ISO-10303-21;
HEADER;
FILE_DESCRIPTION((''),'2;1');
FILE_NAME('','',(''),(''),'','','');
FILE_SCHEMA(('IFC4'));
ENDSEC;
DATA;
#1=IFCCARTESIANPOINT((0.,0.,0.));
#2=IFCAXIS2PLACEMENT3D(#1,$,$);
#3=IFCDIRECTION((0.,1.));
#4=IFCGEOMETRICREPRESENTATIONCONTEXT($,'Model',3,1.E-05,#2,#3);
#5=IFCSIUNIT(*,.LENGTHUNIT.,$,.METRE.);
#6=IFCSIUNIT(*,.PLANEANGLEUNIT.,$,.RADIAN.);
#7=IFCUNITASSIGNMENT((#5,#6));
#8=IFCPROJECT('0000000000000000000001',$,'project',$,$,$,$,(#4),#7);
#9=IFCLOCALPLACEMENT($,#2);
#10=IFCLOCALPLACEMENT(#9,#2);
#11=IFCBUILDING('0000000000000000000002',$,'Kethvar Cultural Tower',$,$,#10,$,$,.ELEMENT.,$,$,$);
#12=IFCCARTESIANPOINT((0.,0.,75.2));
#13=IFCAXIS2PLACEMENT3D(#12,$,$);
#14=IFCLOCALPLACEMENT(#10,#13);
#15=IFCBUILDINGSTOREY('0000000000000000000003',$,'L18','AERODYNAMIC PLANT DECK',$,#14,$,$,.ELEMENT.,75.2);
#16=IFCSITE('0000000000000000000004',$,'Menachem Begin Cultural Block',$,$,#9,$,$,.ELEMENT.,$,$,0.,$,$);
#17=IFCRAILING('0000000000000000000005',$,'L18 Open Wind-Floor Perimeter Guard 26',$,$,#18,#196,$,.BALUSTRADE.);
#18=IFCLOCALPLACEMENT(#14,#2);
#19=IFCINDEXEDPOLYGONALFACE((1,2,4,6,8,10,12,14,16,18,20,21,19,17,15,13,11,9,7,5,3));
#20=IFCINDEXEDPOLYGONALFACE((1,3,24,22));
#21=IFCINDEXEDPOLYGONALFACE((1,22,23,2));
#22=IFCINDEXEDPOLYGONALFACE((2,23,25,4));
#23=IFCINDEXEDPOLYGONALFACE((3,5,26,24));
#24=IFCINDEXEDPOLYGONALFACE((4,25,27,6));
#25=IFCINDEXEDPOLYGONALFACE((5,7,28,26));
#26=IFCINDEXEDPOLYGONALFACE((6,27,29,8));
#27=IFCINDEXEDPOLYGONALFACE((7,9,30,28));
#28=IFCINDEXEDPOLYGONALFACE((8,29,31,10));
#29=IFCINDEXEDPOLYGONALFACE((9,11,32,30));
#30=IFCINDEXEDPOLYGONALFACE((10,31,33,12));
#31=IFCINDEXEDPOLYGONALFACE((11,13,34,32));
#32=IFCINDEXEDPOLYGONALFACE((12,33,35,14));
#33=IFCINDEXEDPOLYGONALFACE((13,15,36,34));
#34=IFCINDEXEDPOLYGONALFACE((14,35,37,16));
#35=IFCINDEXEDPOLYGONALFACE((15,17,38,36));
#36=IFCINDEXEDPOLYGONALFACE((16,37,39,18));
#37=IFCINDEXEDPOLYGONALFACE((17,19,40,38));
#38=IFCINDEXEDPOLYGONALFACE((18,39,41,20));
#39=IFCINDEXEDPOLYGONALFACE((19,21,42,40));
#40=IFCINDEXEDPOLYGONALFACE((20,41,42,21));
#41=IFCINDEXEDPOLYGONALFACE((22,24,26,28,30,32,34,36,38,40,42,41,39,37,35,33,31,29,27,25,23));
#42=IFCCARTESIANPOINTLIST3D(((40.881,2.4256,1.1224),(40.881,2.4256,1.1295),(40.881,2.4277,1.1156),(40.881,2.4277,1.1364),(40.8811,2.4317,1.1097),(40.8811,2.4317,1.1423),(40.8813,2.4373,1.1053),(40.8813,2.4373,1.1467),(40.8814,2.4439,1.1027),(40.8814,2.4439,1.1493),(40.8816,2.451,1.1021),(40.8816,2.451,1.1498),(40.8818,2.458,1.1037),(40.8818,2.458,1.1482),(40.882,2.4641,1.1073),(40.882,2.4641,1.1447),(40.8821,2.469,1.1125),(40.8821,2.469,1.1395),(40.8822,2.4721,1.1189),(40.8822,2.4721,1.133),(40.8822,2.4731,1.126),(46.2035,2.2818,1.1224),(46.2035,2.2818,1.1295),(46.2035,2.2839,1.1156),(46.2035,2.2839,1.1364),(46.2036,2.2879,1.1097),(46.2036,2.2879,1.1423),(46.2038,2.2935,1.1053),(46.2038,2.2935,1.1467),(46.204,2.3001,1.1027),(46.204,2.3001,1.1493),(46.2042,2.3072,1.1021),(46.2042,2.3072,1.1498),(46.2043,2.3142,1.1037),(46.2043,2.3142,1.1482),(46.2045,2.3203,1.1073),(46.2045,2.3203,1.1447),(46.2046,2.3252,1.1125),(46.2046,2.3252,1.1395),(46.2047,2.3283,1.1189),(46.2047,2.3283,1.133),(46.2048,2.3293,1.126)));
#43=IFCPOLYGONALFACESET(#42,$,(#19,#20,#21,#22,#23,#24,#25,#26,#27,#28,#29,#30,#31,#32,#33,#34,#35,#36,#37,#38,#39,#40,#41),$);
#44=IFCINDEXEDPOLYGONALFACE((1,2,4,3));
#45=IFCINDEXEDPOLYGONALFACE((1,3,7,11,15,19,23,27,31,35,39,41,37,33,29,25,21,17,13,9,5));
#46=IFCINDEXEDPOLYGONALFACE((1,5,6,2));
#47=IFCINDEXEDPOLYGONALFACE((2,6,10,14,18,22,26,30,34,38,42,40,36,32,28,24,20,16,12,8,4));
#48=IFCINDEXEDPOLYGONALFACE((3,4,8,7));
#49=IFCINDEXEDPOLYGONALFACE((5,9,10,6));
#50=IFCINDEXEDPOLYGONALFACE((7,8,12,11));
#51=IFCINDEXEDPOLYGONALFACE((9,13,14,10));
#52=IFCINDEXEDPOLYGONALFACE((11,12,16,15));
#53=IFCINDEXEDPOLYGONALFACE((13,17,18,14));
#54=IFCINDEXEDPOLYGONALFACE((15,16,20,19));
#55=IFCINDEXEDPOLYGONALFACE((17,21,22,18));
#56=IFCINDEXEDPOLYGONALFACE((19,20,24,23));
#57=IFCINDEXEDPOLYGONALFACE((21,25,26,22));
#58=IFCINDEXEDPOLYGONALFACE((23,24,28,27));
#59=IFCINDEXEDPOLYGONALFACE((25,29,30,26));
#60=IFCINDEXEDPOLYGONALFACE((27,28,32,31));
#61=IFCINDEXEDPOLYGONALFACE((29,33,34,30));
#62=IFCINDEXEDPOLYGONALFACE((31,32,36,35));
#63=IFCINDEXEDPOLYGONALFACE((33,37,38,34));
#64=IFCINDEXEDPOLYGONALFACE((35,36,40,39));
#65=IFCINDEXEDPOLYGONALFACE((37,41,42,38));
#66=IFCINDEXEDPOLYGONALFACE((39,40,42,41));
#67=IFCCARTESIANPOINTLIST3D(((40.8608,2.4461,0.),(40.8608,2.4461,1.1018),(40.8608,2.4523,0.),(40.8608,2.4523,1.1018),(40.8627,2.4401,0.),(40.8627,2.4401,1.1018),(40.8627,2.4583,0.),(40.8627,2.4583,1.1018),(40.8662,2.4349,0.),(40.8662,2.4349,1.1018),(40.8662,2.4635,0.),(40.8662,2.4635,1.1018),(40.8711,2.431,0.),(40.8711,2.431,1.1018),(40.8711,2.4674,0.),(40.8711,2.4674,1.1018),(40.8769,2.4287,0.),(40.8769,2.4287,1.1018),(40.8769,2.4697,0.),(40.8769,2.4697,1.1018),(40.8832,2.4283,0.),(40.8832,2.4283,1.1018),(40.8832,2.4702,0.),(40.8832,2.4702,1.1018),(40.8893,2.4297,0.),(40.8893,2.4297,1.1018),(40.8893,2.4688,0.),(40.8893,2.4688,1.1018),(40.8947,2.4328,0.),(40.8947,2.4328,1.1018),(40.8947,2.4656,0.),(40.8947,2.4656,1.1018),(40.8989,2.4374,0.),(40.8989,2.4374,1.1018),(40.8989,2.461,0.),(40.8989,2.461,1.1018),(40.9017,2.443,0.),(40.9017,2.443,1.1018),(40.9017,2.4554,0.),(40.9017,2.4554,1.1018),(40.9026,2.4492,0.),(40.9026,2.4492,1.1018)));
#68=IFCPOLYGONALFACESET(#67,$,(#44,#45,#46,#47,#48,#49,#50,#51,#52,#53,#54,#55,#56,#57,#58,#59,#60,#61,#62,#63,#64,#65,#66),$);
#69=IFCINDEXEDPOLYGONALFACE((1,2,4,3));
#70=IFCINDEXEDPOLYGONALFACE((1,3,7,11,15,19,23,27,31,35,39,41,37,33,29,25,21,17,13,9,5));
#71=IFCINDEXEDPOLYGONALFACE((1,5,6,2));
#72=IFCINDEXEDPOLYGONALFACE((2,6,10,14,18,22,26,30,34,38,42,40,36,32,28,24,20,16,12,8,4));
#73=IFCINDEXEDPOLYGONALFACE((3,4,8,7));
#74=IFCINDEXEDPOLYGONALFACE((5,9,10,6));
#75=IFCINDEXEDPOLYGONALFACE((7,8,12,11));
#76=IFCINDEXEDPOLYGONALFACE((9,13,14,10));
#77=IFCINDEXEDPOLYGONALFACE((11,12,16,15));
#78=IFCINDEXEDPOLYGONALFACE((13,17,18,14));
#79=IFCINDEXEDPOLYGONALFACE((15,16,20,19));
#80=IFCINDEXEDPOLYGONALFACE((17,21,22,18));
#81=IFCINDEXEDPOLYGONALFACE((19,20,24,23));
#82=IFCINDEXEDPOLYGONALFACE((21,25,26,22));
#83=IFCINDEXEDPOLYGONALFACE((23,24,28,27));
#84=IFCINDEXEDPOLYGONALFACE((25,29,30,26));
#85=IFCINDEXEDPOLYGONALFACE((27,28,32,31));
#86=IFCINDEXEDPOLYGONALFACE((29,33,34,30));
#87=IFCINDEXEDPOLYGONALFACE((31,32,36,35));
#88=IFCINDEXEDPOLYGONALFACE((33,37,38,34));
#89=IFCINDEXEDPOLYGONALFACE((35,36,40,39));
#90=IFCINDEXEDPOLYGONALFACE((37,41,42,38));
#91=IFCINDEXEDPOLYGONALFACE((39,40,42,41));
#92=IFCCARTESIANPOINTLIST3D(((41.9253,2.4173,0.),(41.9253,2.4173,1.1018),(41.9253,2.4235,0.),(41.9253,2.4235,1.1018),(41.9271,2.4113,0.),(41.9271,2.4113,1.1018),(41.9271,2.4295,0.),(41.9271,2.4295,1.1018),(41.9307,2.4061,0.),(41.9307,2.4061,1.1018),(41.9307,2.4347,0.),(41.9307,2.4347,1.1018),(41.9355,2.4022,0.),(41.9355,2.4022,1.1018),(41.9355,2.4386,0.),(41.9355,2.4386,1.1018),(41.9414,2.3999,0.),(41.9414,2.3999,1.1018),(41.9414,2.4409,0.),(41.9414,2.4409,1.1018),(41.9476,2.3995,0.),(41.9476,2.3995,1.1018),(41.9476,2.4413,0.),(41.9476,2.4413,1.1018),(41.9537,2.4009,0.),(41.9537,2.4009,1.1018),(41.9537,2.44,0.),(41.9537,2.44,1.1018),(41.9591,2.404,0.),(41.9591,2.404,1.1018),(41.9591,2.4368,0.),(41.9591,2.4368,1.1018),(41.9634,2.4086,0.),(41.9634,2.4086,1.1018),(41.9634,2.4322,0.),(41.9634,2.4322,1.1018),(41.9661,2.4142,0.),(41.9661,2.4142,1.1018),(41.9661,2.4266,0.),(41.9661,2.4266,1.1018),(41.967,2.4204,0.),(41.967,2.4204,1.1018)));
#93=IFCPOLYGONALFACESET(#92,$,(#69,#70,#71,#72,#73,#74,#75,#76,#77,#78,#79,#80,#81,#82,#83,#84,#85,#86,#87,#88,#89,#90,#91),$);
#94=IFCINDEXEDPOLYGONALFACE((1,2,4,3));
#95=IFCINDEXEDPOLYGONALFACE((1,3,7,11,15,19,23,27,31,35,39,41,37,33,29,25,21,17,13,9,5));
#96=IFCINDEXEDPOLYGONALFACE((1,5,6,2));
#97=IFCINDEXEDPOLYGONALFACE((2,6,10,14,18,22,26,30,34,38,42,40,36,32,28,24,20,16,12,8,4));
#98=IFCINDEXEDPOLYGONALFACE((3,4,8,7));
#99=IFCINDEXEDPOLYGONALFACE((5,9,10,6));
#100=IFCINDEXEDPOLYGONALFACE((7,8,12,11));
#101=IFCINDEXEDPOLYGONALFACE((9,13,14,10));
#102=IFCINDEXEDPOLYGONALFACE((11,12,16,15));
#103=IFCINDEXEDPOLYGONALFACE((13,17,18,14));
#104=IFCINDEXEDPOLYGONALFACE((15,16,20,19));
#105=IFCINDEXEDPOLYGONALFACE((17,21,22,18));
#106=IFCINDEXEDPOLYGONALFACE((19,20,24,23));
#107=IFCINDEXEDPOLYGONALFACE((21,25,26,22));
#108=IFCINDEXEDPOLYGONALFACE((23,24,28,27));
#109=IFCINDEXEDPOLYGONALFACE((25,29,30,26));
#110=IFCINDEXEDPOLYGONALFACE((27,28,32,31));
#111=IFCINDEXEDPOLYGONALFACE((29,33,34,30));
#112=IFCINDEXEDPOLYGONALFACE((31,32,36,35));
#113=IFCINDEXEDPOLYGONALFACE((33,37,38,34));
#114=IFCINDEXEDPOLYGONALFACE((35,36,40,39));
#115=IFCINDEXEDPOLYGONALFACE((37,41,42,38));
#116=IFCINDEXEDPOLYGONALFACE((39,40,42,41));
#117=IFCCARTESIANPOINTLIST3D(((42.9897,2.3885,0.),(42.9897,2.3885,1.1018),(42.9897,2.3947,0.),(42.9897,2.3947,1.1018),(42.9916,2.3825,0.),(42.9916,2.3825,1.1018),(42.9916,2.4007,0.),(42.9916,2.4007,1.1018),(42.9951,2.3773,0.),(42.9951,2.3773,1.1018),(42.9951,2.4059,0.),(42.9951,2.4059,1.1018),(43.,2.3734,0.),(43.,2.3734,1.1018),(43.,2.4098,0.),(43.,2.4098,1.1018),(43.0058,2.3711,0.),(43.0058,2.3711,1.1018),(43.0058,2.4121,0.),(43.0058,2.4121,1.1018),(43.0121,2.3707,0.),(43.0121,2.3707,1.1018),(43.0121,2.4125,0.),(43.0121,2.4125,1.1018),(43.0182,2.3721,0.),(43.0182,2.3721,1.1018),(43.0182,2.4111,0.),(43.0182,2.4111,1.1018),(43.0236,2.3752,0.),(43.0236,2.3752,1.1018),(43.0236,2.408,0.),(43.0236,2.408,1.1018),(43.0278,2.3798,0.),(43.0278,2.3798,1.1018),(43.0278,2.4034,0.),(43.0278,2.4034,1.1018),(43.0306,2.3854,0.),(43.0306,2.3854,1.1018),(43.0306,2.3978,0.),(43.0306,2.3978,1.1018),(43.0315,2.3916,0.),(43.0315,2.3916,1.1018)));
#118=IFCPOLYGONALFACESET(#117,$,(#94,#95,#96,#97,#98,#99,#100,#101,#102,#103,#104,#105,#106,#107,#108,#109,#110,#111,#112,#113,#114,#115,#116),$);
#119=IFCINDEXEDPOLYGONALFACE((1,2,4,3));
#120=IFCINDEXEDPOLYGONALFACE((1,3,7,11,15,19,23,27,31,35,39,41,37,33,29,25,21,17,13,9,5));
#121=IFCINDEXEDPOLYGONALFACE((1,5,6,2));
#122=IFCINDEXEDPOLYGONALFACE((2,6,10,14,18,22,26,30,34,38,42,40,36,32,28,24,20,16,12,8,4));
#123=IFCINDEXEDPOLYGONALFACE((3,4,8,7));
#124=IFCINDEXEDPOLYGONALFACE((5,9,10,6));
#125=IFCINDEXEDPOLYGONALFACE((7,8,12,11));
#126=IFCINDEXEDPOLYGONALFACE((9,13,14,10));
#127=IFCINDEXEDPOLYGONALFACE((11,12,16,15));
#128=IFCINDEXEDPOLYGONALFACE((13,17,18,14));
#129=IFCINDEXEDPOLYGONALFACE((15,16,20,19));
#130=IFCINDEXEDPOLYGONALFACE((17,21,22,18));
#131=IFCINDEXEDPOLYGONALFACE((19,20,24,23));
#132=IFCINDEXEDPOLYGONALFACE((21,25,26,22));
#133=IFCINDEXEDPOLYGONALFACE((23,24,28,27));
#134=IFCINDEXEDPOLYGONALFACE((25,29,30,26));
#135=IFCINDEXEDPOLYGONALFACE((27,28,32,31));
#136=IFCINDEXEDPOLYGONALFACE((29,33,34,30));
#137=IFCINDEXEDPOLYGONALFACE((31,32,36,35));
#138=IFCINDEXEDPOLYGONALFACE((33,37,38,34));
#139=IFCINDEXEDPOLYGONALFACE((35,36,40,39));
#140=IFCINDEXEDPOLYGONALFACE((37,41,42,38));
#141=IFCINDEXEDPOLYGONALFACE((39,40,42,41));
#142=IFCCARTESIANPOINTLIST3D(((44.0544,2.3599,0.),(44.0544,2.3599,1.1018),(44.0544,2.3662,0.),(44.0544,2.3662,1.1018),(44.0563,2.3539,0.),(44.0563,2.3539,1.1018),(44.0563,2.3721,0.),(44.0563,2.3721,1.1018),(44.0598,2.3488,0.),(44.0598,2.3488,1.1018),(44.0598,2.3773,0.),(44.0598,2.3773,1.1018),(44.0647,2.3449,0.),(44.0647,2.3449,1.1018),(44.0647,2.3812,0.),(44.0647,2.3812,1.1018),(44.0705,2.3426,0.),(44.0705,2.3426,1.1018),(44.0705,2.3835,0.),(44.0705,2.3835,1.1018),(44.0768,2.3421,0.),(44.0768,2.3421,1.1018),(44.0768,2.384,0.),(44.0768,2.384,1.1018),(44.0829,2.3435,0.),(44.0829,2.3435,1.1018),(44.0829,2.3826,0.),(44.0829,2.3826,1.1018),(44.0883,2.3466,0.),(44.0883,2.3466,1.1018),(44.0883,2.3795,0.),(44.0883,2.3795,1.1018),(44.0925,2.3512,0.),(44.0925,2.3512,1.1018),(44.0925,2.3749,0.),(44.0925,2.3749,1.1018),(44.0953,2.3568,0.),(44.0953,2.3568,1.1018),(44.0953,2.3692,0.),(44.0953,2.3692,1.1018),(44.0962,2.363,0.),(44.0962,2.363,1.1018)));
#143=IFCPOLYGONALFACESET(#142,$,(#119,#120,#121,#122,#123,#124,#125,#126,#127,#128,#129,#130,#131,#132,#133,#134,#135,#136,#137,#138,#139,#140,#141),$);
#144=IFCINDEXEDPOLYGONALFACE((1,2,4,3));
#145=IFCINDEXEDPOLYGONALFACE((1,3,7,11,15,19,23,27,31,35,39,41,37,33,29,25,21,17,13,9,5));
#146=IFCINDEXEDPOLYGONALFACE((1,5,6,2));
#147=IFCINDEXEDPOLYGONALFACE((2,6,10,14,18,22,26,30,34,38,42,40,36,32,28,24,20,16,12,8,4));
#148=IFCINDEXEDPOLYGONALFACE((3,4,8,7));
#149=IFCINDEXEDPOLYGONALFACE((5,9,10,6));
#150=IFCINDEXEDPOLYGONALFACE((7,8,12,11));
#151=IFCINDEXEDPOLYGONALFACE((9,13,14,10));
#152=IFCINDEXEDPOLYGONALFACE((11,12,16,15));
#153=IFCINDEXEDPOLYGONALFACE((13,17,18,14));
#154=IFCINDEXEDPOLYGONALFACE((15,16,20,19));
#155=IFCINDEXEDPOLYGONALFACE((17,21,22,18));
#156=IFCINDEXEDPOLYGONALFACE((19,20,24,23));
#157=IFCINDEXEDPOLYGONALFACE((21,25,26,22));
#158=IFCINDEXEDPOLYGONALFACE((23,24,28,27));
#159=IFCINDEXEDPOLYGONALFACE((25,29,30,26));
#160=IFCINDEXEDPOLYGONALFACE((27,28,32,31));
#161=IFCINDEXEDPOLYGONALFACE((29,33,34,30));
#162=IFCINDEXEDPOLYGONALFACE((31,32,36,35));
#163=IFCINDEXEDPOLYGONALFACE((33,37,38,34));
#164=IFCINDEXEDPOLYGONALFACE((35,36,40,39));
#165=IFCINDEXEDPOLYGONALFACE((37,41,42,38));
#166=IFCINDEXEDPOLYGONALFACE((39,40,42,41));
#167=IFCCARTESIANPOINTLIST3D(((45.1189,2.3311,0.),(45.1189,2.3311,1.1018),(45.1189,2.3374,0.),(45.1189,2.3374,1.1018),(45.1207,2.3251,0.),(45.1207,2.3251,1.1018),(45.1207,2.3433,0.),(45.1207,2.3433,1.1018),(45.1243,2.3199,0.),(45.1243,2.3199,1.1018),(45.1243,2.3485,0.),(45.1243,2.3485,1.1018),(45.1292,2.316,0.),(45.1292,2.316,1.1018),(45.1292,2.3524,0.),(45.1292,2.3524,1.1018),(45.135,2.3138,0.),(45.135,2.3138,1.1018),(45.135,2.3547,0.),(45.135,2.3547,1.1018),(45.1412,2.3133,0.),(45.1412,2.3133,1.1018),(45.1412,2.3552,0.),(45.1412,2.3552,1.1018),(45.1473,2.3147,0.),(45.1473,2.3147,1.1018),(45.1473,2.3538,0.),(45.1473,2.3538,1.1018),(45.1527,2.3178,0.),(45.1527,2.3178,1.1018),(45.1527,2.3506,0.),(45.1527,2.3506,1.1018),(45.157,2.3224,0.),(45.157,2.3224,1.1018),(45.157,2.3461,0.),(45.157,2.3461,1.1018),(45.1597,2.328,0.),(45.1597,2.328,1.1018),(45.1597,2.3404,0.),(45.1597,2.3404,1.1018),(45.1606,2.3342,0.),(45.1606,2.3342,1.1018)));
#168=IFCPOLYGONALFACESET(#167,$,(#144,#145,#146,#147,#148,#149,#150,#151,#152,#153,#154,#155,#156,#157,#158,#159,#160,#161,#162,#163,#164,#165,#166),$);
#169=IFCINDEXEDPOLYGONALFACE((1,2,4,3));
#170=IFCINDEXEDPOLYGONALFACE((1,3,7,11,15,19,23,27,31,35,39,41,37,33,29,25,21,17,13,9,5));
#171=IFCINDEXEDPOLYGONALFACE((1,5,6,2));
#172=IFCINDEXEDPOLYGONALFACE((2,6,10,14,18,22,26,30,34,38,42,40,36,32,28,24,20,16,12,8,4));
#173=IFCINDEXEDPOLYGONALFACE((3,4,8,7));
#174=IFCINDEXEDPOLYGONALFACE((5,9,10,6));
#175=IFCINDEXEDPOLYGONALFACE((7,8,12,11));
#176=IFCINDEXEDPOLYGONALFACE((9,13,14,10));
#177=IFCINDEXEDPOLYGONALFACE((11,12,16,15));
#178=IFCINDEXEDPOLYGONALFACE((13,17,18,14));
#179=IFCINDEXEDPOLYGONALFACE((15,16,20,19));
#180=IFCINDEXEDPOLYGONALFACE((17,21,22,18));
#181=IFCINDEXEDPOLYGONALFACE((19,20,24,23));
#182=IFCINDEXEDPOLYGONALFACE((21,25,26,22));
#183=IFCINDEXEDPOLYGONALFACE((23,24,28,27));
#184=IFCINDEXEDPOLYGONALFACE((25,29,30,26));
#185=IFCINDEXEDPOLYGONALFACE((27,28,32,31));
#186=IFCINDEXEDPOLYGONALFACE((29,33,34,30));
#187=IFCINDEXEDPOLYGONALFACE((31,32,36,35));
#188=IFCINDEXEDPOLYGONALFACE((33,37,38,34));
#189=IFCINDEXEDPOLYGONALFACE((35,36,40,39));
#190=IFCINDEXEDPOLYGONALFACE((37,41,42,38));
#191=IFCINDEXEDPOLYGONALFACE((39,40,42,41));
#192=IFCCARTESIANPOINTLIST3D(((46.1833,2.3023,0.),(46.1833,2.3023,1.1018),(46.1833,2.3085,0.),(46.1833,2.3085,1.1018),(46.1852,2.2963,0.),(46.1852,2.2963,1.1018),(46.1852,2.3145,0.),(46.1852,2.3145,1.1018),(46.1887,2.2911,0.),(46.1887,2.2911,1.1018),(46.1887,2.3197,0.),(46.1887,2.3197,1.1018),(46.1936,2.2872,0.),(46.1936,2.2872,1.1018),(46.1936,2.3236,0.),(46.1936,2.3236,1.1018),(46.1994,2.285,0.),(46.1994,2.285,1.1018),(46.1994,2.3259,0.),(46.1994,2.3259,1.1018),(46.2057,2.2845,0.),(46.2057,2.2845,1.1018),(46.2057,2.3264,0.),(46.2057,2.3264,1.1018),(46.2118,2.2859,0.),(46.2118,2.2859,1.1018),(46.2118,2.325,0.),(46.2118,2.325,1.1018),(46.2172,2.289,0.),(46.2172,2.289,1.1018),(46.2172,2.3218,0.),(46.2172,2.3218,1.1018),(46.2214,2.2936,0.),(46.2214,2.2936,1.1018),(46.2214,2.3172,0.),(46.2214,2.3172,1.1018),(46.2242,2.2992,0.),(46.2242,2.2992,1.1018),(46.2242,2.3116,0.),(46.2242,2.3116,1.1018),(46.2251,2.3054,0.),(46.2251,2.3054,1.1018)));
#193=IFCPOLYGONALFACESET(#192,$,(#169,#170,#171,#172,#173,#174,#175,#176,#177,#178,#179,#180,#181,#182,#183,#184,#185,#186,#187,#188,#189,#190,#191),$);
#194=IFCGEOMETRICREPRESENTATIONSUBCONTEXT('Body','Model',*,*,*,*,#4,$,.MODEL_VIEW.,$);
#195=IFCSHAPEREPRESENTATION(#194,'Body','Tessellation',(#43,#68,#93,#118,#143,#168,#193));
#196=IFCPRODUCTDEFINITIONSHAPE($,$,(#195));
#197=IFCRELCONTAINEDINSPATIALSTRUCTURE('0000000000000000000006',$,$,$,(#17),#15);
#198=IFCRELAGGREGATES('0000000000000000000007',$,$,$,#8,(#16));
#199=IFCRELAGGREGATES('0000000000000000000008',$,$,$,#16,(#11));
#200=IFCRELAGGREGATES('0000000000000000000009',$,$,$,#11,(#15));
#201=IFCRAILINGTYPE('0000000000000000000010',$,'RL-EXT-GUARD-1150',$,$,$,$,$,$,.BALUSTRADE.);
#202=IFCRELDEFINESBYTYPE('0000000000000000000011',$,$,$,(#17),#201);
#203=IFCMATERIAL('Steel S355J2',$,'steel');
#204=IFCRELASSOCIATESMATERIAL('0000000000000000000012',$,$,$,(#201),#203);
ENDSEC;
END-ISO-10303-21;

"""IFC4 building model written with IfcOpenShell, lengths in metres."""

from ifc_helpers import new_model, si_unit, direction, frame, origin, origin_2d, place, context, subcontext, project, spatial, circle, extrude, material, type_object, element, save


model = new_model("IFC4")

# Units and contexts
model_context = context("Model", 3, precision=1e-05, world=origin(), true_north=direction((0.0, 1.0)))
body_context = subcontext(model_context, "Body", "Model", "MODEL_VIEW")
ifc_project = project(units=[si_unit("LENGTHUNIT", "METRE"), si_unit("PLANEANGLEUNIT", "RADIAN")], contexts=[model_context])

# Site, building, storey
site_placement = place(None, origin())
site = spatial("IfcSite", under=ifc_project, at=site_placement, Name="Menachem Begin Cultural Block", CompositionType="ELEMENT", RefElevation=0.0)
building_placement = place(site_placement, origin())
building = spatial("IfcBuilding", under=site, at=building_placement, Name="Kethvar Cultural Tower", CompositionType="ELEMENT")
storey_placement = place(building_placement, frame((0.0, 0.0, 75.2)))
storey = spatial("IfcBuildingStorey", under=building, at=storey_placement, Name="L18", Description="AERODYNAMIC PLANT DECK", CompositionType="ELEMENT", Elevation=75.2)

# Shared definitions
ifc_material_1 = material(Name="Steel S355J2", Category="steel")

# Railing
railing_type_1 = type_object("IfcRailingType", Name="RL-EXT-GUARD-1150", PredefinedType="BALUSTRADE", material=ifc_material_1)
railing_1_placement = place(storey_placement, frame((40.8816, 2.4492, 0.0)))
element("IfcRailing", 1, at=railing_1_placement, inside=storey, type_object=railing_type_1, Name="L18 Open Wind-Floor Perimeter Guard 26", PredefinedType="BALUSTRADE", context=body_context, shape_type="SweptSolid", body=[
    extrude(circle(Radius=0.0239, at=origin_2d()), frame((0.0, 0.0, 1.126), z_axis=(0.999635, -0.027007, 0.0), x_axis=(0.027007, 0.999635, 0.0)), (0.0, 0.0, 1.0), 5.3245),
    extrude(circle(Radius=0.021, at=origin_2d()), origin(), (0.0, 0.0, 1.0), 1.1018),
    extrude(circle(Radius=0.021, at=origin_2d()), frame((1.0645, -0.0288, 0.0)), (0.0, 0.0, 1.0), 1.1018),
    extrude(circle(Radius=0.021, at=origin_2d()), frame((2.1289, -0.0576, 0.0)), (0.0, 0.0, 1.0), 1.1018),
    extrude(circle(Radius=0.021, at=origin_2d()), frame((3.1936, -0.0862, 0.0)), (0.0, 0.0, 1.0), 1.1018),
    extrude(circle(Radius=0.021, at=origin_2d()), frame((4.2581, -0.115, 0.0)), (0.0, 0.0, 1.0), 1.1018),
    extrude(circle(Radius=0.021, at=origin_2d()), frame((5.3225, -0.1438, 0.0)), (0.0, 0.0, 1.0), 1.1018),
])

save(model, "model.ifc")
